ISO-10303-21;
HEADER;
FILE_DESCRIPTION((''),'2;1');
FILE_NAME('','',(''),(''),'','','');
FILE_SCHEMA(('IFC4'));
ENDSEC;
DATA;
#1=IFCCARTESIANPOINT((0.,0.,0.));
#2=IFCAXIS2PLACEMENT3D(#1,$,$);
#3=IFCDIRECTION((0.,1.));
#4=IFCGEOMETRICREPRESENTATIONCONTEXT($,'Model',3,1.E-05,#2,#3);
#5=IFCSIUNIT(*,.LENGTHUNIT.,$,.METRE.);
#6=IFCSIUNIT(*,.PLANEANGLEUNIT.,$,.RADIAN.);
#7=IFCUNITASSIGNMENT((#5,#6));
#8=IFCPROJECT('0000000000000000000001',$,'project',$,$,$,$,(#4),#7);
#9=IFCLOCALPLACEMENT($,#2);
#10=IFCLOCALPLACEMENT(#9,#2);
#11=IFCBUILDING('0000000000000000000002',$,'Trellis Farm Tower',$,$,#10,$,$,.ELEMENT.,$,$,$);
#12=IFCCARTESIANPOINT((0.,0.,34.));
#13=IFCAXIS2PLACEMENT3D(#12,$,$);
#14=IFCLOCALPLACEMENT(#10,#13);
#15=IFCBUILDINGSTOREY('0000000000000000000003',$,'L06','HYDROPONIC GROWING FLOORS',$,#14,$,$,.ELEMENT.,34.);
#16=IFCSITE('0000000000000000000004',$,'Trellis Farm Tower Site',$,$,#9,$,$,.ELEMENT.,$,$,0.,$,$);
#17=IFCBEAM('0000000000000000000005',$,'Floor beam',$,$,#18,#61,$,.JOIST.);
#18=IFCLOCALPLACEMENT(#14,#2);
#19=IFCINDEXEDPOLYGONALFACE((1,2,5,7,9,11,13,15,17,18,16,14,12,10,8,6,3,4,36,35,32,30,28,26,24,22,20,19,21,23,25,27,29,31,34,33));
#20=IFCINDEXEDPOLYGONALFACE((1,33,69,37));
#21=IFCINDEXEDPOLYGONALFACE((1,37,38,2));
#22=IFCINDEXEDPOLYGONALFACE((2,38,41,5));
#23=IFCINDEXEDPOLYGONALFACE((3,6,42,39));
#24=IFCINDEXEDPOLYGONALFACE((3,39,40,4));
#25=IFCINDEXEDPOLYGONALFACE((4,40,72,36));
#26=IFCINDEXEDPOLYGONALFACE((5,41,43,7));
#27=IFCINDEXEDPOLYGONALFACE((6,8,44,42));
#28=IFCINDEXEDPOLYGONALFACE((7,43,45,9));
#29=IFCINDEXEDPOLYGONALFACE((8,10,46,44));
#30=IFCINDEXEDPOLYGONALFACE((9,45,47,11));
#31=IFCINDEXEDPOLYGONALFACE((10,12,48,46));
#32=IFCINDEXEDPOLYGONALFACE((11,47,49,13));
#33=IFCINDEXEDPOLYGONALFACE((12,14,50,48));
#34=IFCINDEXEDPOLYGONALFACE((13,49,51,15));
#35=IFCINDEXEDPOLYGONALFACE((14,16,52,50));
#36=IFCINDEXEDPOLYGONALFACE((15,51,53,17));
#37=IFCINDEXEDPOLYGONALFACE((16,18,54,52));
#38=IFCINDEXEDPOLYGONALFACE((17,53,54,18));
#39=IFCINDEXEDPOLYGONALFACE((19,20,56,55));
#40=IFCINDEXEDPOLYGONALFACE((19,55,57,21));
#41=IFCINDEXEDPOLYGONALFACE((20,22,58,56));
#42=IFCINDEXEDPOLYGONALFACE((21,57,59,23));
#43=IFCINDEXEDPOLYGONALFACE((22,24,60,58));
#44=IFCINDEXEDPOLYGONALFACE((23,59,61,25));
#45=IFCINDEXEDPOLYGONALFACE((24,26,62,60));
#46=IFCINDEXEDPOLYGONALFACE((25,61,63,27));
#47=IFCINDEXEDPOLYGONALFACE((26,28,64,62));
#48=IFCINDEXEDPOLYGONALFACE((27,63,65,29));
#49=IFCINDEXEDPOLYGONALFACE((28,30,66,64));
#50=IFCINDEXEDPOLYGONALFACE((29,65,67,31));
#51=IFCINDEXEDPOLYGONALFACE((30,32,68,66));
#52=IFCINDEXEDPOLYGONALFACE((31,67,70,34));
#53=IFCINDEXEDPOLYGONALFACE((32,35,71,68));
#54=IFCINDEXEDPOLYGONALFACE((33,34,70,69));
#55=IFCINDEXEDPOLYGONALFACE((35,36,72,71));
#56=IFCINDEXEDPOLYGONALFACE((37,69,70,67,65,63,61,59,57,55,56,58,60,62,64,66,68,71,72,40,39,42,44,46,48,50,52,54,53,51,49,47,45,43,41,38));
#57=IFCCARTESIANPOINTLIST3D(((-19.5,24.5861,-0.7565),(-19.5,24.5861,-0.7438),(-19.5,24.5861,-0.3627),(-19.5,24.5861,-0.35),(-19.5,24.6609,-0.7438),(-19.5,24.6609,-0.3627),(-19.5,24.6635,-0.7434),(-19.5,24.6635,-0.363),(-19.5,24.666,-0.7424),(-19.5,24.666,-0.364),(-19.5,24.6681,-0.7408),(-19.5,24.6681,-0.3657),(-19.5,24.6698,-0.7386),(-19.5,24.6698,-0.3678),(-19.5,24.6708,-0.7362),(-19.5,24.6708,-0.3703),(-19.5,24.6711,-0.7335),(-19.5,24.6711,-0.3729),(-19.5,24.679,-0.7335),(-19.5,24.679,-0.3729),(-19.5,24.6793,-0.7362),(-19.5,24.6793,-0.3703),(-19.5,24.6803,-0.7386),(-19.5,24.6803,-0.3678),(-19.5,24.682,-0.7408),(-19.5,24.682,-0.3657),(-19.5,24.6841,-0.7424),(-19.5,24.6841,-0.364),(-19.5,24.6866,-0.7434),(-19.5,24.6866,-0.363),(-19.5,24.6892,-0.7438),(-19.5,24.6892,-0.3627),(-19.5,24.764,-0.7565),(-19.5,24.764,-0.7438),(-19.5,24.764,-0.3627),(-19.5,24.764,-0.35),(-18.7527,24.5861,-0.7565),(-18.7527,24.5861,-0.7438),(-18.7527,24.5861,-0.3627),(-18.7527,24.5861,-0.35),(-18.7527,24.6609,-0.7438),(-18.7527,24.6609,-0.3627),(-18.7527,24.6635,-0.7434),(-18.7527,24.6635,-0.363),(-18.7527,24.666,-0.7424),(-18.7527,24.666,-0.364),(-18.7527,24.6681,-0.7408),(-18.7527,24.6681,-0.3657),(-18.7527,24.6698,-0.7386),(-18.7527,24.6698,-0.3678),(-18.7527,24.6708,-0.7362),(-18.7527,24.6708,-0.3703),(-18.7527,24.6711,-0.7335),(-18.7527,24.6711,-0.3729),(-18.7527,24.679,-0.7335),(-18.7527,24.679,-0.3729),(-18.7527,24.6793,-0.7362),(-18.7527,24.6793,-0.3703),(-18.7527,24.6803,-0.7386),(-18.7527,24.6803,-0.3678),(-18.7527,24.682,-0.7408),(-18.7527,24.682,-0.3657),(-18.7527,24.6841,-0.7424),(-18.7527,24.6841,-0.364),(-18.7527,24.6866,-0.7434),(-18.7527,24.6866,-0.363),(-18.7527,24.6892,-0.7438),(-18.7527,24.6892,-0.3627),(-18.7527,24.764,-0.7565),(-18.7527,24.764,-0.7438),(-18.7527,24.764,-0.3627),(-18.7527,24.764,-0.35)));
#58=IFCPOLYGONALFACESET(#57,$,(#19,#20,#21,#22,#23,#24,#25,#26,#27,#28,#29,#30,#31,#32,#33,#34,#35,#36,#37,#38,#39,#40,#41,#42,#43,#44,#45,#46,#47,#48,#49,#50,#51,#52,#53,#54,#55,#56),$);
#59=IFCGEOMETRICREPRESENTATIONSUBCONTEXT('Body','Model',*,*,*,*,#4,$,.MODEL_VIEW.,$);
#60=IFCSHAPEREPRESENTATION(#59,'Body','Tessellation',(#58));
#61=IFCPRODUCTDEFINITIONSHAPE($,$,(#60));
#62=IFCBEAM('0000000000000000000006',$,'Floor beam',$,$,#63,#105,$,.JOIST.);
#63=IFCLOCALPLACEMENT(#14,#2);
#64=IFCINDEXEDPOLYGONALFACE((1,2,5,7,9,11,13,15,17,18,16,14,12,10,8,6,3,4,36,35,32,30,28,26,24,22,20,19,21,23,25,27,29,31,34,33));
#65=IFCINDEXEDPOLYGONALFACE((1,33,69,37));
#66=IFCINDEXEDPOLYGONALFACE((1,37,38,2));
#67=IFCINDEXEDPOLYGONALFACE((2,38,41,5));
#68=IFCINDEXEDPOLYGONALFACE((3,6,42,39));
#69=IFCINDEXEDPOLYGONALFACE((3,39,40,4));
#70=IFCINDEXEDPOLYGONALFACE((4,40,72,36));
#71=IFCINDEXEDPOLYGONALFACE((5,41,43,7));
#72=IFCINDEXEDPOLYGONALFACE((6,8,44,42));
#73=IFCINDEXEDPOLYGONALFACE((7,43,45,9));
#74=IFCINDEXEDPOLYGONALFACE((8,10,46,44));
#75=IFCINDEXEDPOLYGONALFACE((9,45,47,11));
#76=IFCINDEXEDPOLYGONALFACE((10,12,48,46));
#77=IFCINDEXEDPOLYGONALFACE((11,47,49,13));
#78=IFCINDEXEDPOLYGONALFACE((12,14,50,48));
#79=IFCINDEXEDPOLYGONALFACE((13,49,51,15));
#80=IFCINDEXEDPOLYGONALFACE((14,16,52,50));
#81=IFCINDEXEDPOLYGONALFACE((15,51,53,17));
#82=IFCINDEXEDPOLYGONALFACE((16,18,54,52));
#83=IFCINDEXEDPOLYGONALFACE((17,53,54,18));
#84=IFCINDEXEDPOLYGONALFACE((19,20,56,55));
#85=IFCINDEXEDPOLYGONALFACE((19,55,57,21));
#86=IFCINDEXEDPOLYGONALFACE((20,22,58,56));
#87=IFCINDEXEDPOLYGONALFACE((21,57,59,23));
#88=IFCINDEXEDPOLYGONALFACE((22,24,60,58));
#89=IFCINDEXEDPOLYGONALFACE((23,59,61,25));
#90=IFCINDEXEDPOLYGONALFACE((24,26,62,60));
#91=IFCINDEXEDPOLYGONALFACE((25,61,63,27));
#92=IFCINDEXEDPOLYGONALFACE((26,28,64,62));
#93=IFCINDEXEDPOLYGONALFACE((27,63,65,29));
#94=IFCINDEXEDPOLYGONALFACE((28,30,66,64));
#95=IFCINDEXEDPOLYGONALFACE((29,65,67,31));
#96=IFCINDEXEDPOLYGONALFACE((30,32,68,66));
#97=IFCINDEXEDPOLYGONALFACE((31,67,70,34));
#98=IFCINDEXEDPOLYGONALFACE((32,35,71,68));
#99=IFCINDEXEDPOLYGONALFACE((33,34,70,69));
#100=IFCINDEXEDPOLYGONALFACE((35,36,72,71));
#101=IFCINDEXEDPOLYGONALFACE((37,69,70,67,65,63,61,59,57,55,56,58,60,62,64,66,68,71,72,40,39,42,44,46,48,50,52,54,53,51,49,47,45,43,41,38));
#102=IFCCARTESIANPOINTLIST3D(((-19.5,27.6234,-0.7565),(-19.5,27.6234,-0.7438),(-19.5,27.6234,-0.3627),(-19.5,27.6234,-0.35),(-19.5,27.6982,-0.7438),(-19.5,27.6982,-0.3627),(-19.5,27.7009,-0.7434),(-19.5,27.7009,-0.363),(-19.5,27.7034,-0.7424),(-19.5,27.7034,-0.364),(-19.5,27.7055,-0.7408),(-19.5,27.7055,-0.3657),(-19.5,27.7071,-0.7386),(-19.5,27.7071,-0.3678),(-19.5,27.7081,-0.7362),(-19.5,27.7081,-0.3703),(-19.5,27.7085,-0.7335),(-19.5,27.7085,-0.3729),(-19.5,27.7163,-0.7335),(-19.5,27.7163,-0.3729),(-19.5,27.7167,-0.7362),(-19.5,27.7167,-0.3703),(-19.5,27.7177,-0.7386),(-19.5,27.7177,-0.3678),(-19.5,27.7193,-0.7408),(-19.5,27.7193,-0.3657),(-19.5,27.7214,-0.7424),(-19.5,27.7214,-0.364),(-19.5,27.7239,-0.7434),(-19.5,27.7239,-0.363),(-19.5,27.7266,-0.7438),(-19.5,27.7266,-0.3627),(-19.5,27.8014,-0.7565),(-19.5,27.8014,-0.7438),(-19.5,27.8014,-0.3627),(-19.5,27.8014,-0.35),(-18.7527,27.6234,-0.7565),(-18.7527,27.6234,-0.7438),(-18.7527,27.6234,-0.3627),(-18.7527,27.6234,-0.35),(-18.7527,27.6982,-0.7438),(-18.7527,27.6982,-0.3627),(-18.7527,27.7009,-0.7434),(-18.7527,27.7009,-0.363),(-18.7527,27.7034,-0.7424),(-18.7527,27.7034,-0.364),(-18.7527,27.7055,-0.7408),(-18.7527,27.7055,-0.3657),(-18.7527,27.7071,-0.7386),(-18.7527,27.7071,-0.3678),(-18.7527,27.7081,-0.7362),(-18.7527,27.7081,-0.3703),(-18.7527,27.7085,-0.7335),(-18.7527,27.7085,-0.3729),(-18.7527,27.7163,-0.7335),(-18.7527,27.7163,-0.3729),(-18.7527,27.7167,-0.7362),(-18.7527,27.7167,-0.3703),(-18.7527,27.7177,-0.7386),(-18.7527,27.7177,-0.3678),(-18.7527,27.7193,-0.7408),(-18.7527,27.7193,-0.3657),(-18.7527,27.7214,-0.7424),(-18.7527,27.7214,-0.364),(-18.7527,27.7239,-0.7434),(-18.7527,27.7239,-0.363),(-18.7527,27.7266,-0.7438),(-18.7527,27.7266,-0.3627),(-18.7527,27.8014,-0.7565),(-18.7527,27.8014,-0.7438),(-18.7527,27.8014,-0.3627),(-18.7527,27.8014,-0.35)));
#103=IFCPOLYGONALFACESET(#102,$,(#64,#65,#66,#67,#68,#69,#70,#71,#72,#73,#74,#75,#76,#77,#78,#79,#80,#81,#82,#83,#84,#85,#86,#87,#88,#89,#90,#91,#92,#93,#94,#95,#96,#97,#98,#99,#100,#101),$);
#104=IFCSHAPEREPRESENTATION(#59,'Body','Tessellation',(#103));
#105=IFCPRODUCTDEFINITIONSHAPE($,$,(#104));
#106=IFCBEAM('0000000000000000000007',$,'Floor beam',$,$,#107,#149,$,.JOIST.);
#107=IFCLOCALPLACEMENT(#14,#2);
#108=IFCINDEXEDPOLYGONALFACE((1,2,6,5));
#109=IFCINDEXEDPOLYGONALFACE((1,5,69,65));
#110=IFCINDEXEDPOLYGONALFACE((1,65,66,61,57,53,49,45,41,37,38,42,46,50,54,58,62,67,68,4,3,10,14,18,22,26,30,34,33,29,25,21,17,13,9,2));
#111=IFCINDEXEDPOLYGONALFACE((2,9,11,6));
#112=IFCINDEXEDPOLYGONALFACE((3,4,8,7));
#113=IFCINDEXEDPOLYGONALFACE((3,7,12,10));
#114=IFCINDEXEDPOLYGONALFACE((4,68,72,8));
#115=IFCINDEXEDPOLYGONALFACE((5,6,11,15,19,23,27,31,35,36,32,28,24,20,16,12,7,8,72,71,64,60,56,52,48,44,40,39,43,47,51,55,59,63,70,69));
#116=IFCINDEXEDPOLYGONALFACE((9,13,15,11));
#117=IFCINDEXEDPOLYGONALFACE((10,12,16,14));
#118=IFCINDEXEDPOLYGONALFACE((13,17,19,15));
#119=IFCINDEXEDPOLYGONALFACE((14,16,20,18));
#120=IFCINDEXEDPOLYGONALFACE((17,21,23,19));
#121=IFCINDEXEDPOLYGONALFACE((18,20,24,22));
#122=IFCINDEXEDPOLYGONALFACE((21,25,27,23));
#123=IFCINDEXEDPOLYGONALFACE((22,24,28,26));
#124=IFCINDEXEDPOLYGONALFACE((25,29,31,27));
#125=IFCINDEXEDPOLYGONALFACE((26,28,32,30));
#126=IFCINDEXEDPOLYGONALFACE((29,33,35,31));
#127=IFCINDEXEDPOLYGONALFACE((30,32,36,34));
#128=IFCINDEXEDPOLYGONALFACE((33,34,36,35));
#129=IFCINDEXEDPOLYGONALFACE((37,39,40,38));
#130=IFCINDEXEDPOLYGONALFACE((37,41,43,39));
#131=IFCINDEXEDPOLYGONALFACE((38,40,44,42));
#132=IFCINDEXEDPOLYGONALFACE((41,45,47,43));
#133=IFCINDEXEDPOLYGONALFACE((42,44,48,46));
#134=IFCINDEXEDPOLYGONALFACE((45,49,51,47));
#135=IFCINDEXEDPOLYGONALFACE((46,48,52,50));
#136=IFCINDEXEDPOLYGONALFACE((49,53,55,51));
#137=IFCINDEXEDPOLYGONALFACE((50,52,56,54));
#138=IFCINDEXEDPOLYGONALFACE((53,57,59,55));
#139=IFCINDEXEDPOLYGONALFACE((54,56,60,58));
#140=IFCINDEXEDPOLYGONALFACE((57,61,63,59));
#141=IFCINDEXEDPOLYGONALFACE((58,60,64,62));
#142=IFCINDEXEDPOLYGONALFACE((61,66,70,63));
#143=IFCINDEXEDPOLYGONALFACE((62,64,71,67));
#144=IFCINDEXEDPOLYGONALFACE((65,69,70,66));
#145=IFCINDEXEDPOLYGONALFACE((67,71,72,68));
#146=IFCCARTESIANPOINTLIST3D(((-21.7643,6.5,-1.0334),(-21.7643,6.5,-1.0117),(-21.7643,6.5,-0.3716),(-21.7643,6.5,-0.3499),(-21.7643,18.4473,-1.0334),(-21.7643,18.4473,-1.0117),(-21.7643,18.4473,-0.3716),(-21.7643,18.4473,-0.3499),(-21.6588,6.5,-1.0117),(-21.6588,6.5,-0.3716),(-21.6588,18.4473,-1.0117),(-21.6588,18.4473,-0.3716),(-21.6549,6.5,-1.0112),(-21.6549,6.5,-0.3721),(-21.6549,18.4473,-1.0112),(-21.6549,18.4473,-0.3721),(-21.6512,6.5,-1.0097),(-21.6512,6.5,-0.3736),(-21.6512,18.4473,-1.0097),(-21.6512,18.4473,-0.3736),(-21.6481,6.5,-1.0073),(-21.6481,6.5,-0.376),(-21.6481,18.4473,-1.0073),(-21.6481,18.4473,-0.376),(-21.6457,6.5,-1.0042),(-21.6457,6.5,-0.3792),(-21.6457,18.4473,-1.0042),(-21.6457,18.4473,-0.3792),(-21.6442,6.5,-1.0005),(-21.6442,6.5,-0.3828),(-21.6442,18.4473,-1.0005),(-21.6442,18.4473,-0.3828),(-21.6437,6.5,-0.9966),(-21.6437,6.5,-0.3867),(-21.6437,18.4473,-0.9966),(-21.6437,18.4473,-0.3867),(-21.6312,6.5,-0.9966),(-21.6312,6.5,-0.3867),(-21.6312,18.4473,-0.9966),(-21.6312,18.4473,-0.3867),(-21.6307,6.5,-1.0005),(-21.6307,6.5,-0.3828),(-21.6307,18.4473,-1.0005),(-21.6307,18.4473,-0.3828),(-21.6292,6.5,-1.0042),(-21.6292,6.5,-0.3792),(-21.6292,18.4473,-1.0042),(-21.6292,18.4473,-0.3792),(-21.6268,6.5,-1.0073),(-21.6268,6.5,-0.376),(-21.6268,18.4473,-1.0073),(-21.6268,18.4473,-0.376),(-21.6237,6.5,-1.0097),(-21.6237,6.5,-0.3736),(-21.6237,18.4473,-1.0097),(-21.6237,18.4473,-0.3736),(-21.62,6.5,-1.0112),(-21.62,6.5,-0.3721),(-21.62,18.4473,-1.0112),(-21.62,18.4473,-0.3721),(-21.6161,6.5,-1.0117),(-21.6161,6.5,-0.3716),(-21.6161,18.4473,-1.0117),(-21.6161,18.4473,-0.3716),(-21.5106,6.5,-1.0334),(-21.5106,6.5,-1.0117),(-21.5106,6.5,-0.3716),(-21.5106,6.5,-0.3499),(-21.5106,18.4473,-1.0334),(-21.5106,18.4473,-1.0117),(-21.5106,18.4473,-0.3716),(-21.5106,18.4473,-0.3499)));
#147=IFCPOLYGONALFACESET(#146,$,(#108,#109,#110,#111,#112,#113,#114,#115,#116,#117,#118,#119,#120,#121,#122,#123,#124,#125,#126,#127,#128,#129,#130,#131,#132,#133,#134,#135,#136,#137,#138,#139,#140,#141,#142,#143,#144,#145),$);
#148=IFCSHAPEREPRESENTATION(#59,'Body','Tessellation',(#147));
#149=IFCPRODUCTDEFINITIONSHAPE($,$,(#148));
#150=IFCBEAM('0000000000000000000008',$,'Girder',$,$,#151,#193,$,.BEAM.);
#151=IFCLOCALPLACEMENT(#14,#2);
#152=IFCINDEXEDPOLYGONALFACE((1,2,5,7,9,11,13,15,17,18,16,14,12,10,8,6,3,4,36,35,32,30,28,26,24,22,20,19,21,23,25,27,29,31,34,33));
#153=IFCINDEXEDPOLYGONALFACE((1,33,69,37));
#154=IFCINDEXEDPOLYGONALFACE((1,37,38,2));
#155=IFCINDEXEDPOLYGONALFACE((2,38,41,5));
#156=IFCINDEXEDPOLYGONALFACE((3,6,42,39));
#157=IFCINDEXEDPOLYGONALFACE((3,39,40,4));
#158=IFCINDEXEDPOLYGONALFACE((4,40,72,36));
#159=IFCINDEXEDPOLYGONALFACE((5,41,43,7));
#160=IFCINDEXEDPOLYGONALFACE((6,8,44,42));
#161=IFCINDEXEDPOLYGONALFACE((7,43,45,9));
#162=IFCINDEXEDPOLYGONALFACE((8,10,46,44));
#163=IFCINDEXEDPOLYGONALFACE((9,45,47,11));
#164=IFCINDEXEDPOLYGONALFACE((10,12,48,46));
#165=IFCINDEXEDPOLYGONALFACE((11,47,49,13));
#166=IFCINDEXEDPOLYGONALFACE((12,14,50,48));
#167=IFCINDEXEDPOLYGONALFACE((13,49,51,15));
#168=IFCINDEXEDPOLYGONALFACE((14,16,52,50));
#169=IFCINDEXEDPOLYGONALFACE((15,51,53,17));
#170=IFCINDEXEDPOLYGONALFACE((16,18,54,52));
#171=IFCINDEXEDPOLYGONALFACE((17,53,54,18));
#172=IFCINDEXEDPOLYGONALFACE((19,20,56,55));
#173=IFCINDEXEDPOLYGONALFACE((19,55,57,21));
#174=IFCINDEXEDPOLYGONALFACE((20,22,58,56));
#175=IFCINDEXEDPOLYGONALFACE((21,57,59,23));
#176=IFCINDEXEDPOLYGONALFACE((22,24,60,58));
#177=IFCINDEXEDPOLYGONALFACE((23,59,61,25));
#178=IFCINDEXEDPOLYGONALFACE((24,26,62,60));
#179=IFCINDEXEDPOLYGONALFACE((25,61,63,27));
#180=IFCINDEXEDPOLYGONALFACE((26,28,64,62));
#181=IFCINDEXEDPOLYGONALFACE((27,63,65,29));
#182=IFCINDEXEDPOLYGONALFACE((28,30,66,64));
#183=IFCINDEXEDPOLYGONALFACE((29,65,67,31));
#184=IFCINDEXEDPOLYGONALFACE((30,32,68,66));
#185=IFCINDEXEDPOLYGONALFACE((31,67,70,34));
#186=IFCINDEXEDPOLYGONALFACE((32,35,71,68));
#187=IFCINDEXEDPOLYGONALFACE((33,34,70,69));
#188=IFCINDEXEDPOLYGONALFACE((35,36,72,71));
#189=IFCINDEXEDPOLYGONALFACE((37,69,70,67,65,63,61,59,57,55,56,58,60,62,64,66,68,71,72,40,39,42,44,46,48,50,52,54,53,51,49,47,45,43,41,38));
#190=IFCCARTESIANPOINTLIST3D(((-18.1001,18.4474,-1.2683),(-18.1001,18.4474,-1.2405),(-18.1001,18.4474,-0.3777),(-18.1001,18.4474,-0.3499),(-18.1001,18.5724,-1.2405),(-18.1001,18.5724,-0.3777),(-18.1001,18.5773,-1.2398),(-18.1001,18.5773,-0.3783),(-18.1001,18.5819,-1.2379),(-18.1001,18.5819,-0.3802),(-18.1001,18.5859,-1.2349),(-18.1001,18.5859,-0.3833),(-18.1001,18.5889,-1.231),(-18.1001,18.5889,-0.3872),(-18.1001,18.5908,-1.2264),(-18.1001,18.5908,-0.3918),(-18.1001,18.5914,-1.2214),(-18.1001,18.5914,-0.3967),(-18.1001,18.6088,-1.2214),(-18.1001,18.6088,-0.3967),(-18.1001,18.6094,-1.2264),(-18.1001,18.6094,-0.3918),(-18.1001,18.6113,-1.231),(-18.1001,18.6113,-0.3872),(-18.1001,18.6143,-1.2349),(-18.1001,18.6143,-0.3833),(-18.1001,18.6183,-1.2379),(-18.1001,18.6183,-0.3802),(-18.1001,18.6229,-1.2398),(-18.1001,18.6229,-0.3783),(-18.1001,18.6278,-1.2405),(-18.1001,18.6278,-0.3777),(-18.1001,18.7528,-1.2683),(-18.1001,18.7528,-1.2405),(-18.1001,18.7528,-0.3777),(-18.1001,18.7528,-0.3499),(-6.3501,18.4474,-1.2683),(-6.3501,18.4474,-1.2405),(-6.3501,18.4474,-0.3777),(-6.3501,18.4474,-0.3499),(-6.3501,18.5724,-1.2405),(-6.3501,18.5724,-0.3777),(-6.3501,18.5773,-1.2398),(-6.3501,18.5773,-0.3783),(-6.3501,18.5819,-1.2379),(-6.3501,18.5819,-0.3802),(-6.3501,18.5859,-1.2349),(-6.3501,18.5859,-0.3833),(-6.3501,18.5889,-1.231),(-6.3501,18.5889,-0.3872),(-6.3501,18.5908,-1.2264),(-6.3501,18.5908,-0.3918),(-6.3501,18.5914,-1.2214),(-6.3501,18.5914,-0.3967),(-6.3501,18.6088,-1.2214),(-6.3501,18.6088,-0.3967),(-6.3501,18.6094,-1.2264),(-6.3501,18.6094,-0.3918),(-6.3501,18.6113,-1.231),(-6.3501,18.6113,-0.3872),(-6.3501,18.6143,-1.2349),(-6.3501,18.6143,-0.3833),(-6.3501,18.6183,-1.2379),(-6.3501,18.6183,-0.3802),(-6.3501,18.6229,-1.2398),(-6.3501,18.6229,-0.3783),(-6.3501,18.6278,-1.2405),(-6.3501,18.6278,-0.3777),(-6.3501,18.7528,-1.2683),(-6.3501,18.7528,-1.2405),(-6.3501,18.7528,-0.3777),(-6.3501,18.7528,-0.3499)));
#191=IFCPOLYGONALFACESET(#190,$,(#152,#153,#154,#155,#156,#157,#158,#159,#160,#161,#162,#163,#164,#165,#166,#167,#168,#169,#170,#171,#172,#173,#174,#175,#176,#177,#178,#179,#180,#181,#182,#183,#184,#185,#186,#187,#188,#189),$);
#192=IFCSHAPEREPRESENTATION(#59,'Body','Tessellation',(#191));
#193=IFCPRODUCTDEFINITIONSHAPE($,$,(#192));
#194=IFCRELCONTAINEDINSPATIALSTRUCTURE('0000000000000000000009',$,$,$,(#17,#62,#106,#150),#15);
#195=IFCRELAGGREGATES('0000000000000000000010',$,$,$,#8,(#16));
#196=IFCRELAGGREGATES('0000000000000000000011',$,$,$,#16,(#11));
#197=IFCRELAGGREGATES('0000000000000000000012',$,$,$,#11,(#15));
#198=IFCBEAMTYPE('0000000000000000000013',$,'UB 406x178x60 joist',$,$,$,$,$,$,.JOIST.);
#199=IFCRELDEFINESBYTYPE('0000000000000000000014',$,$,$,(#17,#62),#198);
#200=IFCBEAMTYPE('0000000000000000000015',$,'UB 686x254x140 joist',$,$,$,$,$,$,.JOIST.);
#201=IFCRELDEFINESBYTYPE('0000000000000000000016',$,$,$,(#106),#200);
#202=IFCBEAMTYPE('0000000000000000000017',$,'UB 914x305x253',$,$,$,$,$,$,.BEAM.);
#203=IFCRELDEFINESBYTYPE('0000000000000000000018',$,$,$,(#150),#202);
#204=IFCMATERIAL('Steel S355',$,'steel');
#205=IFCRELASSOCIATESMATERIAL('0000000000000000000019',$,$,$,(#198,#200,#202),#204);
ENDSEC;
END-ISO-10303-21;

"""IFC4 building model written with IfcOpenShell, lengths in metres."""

from ifc_helpers import new_model, si_unit, direction, frame, origin, origin_2d, place, context, subcontext, project, spatial, i_section, extrude, source, transform, mapped, material, material_profile, profile_set, type_object, element, save


model = new_model("IFC4")

# Units and contexts
model_context = context("Model", 3, precision=1e-05, world=origin(), true_north=direction((0.0, 1.0)))
body_context = subcontext(model_context, "Body", "Model", "MODEL_VIEW")
ifc_project = project(units=[si_unit("LENGTHUNIT", "METRE"), si_unit("PLANEANGLEUNIT", "RADIAN")], contexts=[model_context])

# Site, building, storey
site_placement = place(None, origin())
site = spatial("IfcSite", under=ifc_project, at=site_placement, Name="Trellis Farm Tower Site", CompositionType="ELEMENT", RefElevation=0.0)
building_placement = place(site_placement, origin())
building = spatial("IfcBuilding", under=site, at=building_placement, Name="Trellis Farm Tower", CompositionType="ELEMENT")
storey_placement = place(building_placement, frame((0.0, 0.0, 34.0)))
storey = spatial("IfcBuildingStorey", under=building, at=storey_placement, Name="L06", Description="HYDROPONIC GROWING FLOORS", CompositionType="ELEMENT", Elevation=34.0)

# Beams
ifc_material_1 = material(Name="Steel S355", Category="steel")
ifc_material_profile_1 = material_profile(ifc_material_1, i_section(OverallWidth=0.178, OverallDepth=0.4065, WebThickness=0.0078, FlangeThickness=0.0127, FilletRadius=0.0103, at=origin_2d()), Name="UB 406x178x60")
ifc_profile_set_1 = profile_set([ifc_material_profile_1], Name="Steel S355")
beam_type_1 = type_object("IfcBeamType", Name="UB 406x178x60 joist", PredefinedType="JOIST", material=ifc_profile_set_1)
shared_shape_1 = source(origin(), body_context, "Body", "SweptSolid", [
    extrude(i_section(OverallWidth=0.178, OverallDepth=0.4065, WebThickness=0.0078, FlangeThickness=0.0127, FilletRadius=0.0103, at=origin_2d()), origin(), (0.0, 0.0, 1.0), 0.7473),
])
for number, where, z_axis, x_axis, name in (
    (1, (-19.5, 24.675, -0.5532), (1.0, 0.0, 0.0), (0.0, 1.0, 0.0), "Floor beam"),
    (2, (-19.5, 27.7124, -0.5532), (1.0, 0.0, 0.0), (0.0, 1.0, 0.0), "Floor beam"),
):
    element("IfcBeam", number, at=place(storey_placement, frame(where, z_axis=z_axis, x_axis=x_axis)), inside=storey, type_object=beam_type_1, Name=name, PredefinedType="JOIST", context=body_context, shape_type="MappedRepresentation", body=[
        mapped(shared_shape_1, transform((0.0, 0.0, 0.0))),
    ])
ifc_material_profile_2 = material_profile(ifc_material_1, i_section(OverallWidth=0.2537, OverallDepth=0.6836, WebThickness=0.0125, FlangeThickness=0.0217, FilletRadius=0.0151, at=origin_2d()), Name="UB 686x254x140")
ifc_profile_set_2 = profile_set([ifc_material_profile_2], Name="Steel S355")
beam_type_2 = type_object("IfcBeamType", Name="UB 686x254x140 joist", PredefinedType="JOIST", material=ifc_profile_set_2)
shared_shape_2 = source(origin(), body_context, "Body", "SweptSolid", [
    extrude(i_section(OverallWidth=0.2537, OverallDepth=0.6836, WebThickness=0.0125, FlangeThickness=0.0217, FilletRadius=0.0151, at=origin_2d()), origin(), (0.0, 0.0, 1.0), 11.9473),
])
beam_1_placement = place(storey_placement, frame((-21.6375, 6.5, -0.6917), z_axis=(0.0, 1.0, 0.0), x_axis=(-1.0, 0.0, 0.0)))
element("IfcBeam", 3, at=beam_1_placement, inside=storey, type_object=beam_type_2, Name="Floor beam", PredefinedType="JOIST", context=body_context, shape_type="MappedRepresentation", body=[
    mapped(shared_shape_2, transform((0.0, 0.0, 0.0))),
])
ifc_material_profile_3 = material_profile(ifc_material_1, i_section(OverallWidth=0.3054, OverallDepth=0.9185, WebThickness=0.0173, FlangeThickness=0.0278, FilletRadius=0.019, at=origin_2d()), Name="UB 914x305x253")
ifc_profile_set_3 = profile_set([ifc_material_profile_3], Name="Steel S355")
beam_type_3 = type_object("IfcBeamType", Name="UB 914x305x253", PredefinedType="BEAM", material=ifc_profile_set_3)
shared_shape_3 = source(origin(), body_context, "Body", "SweptSolid", [
    extrude(i_section(OverallWidth=0.3054, OverallDepth=0.9185, WebThickness=0.0173, FlangeThickness=0.0278, FilletRadius=0.019, at=origin_2d()), origin(), (0.0, 0.0, 1.0), 11.75),
])
beam_2_placement = place(storey_placement, frame((-18.1001, 18.6001, -0.8091), z_axis=(1.0, 0.0, 0.0), x_axis=(0.0, 1.0, 0.0)))
element("IfcBeam", 4, at=beam_2_placement, inside=storey, type_object=beam_type_3, Name="Girder", PredefinedType="BEAM", context=body_context, shape_type="MappedRepresentation", body=[
    mapped(shared_shape_3, transform((0.0, 0.0, 0.0))),
])

save(model, "model.ifc")
